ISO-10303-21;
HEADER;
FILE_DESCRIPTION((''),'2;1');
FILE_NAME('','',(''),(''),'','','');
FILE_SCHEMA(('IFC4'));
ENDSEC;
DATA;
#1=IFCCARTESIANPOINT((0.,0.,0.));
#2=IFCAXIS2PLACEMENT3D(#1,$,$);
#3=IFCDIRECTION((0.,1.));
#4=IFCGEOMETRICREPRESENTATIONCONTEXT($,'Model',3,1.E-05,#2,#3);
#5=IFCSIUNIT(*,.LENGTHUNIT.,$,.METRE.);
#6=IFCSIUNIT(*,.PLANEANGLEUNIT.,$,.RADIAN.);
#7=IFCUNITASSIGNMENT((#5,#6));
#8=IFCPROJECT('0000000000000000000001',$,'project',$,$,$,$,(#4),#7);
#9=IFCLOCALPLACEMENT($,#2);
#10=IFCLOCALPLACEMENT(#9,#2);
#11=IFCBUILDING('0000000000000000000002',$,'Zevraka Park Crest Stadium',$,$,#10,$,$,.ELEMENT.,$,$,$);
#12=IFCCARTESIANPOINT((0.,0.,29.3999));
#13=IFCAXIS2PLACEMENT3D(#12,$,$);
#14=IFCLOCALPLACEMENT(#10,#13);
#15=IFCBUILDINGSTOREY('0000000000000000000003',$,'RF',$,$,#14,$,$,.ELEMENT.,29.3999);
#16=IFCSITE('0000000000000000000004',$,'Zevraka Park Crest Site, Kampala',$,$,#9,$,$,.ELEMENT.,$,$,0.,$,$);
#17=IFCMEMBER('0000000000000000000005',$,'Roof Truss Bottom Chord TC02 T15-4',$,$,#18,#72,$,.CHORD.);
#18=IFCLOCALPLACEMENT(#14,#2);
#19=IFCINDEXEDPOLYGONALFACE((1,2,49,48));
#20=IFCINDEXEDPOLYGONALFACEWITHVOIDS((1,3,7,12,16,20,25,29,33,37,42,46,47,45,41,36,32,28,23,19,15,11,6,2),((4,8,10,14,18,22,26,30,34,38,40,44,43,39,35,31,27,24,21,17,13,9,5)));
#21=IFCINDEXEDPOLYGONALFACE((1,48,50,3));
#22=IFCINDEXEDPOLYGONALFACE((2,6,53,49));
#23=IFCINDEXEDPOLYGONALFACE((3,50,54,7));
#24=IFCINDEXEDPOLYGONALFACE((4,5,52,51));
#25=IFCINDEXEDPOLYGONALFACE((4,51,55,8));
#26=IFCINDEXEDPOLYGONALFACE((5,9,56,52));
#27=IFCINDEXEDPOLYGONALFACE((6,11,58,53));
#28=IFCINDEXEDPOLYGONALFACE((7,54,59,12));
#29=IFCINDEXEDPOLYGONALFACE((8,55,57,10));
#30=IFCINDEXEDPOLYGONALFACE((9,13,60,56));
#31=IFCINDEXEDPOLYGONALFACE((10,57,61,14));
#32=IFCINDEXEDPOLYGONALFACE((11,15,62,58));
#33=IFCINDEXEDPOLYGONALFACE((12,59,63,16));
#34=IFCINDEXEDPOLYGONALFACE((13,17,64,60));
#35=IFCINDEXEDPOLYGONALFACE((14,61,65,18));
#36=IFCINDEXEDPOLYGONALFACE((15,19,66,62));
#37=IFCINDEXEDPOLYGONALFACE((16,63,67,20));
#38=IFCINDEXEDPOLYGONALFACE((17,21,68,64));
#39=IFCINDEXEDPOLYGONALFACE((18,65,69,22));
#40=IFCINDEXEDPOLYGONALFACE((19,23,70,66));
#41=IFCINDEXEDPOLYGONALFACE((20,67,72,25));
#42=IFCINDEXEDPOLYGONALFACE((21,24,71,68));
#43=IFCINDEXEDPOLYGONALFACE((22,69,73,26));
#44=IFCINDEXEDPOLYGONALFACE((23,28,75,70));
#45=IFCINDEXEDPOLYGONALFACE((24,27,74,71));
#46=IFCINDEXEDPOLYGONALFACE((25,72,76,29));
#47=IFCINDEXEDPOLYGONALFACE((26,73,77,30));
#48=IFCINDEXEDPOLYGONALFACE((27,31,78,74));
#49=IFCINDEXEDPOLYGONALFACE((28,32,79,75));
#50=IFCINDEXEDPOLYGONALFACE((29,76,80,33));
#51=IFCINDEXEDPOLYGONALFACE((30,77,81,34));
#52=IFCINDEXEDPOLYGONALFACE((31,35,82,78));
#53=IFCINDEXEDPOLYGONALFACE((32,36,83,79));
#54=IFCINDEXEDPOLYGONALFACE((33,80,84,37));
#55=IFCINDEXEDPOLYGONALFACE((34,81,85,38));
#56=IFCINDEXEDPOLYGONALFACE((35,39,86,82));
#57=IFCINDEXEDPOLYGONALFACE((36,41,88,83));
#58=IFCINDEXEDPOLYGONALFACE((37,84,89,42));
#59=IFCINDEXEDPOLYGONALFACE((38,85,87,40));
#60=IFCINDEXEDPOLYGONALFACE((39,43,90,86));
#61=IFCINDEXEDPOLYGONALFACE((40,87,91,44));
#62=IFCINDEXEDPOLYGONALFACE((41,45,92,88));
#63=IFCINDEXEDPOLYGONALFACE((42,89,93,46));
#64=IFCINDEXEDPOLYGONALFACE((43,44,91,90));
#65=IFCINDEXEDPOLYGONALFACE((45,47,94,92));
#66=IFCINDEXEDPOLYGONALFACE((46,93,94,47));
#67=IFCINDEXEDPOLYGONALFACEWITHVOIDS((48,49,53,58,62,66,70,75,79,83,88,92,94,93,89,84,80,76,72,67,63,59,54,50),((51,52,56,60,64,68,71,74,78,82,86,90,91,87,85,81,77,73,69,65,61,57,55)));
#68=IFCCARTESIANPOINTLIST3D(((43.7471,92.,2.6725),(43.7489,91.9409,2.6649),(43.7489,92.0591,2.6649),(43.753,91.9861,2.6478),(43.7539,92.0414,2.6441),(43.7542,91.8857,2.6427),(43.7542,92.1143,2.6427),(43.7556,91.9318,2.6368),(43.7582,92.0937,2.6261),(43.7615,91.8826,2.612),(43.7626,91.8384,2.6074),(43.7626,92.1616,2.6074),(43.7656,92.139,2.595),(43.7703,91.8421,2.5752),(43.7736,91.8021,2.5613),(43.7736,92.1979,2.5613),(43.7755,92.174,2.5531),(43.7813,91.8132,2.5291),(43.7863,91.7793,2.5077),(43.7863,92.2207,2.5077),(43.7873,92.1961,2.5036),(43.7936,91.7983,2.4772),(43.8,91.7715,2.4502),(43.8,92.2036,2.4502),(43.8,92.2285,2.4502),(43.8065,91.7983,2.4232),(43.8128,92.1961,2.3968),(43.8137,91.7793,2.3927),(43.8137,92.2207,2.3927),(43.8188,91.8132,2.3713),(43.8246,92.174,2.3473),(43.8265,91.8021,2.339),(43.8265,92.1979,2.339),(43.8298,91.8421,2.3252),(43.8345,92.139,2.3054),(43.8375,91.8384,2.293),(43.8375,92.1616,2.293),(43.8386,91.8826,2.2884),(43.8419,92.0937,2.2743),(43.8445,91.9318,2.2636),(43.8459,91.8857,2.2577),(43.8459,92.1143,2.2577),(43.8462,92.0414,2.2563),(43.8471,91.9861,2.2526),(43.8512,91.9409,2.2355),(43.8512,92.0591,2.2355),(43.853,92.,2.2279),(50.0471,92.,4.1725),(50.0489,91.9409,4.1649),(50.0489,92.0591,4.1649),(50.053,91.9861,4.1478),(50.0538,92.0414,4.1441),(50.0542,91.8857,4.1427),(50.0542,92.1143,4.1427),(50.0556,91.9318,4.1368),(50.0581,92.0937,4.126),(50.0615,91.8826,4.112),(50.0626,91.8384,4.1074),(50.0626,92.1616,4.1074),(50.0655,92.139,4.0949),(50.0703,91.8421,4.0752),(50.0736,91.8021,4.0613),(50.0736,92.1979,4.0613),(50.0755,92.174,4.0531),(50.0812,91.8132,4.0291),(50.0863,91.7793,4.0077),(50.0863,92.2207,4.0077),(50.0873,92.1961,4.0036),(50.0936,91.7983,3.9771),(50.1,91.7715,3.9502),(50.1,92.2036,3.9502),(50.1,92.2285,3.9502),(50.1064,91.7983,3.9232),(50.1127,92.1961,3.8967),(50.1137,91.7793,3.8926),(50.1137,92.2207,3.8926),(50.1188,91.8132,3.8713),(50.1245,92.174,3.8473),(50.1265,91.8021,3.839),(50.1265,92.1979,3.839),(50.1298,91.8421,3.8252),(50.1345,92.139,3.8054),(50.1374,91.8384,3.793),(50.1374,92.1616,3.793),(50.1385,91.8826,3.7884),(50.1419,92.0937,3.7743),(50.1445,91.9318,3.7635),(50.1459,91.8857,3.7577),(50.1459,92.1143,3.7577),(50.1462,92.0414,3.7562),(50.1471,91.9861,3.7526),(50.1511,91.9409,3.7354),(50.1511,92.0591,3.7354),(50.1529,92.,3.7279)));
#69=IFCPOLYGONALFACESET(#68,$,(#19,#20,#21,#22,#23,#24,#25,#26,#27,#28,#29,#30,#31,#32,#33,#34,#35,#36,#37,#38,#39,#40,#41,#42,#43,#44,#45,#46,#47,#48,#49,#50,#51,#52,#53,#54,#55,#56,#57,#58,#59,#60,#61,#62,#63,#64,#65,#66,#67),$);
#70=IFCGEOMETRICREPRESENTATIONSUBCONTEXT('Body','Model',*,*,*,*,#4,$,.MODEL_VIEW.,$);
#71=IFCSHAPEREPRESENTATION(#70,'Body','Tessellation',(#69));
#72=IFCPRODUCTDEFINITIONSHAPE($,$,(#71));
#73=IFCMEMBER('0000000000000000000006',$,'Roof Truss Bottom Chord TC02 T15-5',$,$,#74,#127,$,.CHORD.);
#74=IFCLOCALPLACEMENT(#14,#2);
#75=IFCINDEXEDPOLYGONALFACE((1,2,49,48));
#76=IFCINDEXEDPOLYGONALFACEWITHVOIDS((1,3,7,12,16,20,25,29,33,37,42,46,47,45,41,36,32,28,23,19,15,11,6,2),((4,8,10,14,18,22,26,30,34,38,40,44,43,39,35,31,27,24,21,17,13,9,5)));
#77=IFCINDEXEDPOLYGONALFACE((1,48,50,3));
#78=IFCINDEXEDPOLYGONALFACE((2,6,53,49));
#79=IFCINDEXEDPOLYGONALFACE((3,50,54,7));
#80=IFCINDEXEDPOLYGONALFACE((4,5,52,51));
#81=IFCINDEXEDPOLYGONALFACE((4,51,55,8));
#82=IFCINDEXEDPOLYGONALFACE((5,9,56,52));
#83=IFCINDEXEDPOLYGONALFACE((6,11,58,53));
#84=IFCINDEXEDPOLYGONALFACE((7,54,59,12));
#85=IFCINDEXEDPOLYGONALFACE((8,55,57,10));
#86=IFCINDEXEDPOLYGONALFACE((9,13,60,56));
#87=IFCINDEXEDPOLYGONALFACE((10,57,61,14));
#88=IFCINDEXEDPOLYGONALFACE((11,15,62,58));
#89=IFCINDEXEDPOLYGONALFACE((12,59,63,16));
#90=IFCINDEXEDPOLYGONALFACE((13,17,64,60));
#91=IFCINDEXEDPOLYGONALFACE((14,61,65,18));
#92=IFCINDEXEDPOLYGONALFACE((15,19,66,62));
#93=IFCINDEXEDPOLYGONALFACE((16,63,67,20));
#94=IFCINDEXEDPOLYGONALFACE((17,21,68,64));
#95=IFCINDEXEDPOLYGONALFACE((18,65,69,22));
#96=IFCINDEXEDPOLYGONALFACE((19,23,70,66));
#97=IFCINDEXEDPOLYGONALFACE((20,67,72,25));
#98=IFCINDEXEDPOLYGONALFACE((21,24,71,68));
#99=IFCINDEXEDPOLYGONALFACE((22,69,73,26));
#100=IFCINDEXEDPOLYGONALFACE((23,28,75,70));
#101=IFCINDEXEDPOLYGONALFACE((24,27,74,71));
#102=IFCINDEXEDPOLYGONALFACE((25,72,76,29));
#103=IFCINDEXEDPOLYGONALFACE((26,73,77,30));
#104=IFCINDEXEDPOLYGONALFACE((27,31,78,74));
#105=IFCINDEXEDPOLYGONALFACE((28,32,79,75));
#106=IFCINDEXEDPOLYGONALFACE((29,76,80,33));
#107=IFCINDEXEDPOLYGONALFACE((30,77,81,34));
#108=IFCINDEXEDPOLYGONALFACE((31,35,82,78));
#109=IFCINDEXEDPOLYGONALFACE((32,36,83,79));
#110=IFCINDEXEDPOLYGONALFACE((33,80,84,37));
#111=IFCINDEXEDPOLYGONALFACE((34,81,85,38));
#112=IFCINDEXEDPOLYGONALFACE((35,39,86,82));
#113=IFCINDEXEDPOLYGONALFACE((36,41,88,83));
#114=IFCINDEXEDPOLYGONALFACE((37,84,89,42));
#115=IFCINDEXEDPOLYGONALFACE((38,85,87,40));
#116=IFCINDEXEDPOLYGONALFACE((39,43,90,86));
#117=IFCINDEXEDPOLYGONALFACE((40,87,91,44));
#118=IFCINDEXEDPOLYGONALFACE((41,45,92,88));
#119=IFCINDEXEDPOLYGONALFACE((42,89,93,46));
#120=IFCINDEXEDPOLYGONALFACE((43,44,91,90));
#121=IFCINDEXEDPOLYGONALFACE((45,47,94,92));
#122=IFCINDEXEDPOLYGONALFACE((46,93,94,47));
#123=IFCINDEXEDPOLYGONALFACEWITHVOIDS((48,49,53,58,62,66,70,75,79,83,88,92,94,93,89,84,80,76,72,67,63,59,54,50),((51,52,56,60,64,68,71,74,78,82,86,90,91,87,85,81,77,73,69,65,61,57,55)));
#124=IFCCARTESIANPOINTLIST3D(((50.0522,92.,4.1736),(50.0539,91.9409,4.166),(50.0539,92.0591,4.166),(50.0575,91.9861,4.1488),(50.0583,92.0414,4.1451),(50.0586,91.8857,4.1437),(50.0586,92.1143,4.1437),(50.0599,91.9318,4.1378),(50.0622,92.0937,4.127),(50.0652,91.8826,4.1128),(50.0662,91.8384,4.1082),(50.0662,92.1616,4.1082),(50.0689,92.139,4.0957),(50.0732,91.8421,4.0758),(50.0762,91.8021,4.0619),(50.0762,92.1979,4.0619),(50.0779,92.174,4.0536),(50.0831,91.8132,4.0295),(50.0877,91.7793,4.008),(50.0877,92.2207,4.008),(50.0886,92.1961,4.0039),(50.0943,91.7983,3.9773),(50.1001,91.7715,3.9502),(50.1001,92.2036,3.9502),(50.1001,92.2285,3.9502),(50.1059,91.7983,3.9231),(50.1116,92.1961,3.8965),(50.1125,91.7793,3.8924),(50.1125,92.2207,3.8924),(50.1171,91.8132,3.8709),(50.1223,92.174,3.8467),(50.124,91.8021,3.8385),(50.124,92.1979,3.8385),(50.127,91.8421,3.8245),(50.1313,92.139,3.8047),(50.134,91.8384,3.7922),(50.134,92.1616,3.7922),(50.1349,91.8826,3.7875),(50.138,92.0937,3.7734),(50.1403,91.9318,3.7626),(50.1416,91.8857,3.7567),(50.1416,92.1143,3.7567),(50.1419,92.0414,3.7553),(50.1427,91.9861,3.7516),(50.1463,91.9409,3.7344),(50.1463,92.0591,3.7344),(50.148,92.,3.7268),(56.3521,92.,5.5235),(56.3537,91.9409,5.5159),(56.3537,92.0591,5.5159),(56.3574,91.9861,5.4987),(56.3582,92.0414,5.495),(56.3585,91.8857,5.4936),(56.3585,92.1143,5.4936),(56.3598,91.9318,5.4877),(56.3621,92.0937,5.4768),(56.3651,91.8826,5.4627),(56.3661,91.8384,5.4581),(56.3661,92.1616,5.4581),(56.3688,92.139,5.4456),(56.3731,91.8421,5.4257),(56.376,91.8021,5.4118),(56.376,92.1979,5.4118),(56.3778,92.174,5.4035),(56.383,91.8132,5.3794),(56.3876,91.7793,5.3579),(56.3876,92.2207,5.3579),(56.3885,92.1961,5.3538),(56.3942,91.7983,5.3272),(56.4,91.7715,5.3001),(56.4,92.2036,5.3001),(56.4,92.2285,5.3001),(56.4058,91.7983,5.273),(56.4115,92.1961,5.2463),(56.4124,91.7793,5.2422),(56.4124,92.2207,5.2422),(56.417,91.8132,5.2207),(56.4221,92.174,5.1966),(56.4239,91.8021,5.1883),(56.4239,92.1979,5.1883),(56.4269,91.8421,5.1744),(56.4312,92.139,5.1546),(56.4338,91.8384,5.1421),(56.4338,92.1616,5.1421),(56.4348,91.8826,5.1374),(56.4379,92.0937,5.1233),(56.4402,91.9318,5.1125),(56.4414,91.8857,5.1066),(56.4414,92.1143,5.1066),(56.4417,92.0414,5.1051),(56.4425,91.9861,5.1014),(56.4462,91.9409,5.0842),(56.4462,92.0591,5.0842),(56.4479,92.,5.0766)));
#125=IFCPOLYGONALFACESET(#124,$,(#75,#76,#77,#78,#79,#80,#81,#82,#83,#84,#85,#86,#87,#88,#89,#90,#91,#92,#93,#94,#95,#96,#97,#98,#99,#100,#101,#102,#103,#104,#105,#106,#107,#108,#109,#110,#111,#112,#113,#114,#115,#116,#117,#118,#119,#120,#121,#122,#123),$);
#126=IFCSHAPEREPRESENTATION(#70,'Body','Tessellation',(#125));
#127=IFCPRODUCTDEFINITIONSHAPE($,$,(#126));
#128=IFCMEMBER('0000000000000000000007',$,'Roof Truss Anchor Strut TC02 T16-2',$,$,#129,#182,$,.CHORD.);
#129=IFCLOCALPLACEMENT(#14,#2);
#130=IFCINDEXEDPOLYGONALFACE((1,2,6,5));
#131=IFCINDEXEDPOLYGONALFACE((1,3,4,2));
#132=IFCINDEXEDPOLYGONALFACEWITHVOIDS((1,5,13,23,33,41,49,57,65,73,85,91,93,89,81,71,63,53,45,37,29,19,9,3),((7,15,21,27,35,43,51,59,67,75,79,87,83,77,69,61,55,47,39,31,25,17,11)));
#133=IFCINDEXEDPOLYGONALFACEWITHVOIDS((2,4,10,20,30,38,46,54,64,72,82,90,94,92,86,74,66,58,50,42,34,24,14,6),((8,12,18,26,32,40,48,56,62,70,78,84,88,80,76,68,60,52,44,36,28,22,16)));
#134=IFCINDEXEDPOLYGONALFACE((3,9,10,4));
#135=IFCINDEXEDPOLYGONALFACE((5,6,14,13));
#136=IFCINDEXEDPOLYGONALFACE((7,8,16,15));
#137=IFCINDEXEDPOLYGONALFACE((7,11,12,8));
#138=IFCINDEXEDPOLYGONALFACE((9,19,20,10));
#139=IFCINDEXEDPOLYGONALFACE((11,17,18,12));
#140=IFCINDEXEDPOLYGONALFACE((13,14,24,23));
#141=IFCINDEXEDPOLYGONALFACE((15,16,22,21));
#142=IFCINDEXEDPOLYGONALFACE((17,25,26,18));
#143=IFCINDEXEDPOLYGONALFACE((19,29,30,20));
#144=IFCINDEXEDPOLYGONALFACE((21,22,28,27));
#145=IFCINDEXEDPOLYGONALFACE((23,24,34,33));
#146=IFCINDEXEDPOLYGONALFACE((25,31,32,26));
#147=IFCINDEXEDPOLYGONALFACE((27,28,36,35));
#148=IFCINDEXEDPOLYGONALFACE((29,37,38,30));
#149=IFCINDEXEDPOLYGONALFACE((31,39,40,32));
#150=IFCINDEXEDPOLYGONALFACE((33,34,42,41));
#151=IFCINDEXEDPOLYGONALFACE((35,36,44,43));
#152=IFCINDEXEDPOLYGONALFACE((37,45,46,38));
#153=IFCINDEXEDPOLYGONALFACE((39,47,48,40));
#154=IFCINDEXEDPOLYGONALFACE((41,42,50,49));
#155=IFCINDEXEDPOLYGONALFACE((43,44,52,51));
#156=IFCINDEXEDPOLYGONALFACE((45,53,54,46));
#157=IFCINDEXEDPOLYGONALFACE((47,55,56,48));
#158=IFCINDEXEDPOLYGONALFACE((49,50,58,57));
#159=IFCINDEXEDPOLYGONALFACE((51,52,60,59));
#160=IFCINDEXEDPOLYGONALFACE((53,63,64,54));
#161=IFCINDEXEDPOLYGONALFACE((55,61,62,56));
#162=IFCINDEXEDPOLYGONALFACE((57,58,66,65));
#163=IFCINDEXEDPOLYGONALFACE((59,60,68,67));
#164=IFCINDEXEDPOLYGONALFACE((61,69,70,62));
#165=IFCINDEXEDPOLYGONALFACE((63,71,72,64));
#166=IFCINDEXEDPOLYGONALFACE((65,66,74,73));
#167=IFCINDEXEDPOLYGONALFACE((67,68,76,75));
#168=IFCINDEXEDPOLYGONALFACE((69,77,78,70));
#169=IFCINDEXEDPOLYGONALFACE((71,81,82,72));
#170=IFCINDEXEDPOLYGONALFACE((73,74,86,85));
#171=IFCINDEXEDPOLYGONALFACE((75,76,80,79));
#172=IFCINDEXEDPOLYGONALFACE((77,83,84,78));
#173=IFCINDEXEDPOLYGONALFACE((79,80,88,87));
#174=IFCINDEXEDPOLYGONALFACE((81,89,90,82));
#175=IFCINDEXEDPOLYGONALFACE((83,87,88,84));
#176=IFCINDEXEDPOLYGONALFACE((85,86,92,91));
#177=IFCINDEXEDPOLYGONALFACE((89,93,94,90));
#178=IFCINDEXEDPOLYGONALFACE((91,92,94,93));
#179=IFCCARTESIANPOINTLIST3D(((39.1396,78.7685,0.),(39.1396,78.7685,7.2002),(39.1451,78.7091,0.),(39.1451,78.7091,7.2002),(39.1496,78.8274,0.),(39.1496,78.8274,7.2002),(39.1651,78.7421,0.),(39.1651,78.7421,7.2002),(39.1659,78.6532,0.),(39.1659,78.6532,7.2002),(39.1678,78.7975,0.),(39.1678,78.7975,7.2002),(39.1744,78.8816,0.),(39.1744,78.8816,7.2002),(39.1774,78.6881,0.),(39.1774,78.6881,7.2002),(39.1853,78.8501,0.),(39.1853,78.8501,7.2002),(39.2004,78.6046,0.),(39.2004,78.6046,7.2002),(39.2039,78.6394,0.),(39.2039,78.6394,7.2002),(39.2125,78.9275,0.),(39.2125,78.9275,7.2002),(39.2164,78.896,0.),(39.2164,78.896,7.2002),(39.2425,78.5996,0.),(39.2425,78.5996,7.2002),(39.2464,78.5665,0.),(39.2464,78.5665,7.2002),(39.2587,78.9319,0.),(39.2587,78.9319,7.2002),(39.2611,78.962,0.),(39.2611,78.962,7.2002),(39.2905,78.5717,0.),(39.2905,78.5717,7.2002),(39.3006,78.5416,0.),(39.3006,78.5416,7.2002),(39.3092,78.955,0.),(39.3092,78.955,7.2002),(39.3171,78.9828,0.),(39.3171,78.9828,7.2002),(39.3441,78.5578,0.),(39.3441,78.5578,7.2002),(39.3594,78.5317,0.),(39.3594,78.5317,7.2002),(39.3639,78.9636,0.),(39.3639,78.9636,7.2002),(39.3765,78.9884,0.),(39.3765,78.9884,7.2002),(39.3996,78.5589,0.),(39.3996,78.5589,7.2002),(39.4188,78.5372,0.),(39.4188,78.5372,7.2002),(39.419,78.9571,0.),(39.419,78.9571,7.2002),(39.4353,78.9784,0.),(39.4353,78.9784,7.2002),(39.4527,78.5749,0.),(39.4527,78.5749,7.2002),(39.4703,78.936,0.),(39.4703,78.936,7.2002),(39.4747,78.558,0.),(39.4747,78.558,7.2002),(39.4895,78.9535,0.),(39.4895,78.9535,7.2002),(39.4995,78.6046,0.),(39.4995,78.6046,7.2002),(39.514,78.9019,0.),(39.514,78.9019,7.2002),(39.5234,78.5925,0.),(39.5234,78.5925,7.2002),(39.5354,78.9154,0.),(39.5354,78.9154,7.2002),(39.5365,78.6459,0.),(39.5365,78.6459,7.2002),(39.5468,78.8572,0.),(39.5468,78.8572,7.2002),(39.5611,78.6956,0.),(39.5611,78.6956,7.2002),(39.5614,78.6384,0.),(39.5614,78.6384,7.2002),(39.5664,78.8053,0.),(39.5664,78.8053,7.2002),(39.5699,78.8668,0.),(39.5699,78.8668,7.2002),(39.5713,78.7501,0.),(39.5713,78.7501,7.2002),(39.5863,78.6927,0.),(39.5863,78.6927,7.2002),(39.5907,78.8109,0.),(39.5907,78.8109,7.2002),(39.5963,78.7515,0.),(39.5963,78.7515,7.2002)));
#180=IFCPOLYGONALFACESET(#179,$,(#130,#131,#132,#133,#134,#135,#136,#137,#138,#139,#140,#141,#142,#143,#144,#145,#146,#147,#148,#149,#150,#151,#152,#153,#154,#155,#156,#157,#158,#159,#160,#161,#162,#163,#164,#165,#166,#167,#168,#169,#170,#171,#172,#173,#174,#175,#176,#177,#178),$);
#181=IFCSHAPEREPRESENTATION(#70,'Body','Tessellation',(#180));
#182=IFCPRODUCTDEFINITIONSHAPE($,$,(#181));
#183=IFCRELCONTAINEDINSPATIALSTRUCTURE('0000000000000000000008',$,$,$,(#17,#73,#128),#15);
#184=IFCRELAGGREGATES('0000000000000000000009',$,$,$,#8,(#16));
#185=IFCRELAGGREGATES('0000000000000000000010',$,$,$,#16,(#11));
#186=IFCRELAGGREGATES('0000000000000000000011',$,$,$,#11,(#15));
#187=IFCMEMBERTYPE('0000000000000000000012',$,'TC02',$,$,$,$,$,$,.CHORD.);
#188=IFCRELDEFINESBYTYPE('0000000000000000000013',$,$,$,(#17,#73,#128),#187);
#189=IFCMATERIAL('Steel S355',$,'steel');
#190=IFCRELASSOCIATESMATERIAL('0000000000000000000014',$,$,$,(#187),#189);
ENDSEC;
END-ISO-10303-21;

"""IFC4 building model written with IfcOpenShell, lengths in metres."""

from ifc_helpers import new_model, si_unit, direction, frame, origin, origin_2d, place, context, subcontext, project, spatial, hollow_circle, extrude, material, material_profile, profile_set, type_object, element, save


model = new_model("IFC4")

# Units and contexts
model_context = context("Model", 3, precision=1e-05, world=origin(), true_north=direction((0.0, 1.0)))
body_context = subcontext(model_context, "Body", "Model", "MODEL_VIEW")
ifc_project = project(units=[si_unit("LENGTHUNIT", "METRE"), si_unit("PLANEANGLEUNIT", "RADIAN")], contexts=[model_context])

# Site, building, storey
site_placement = place(None, origin())
site = spatial("IfcSite", under=ifc_project, at=site_placement, Name="Zevraka Park Crest Site, Kampala", CompositionType="ELEMENT", RefElevation=0.0)
building_placement = place(site_placement, origin())
building = spatial("IfcBuilding", under=site, at=building_placement, Name="Zevraka Park Crest Stadium", CompositionType="ELEMENT")
storey_placement = place(building_placement, frame((0.0, 0.0, 29.3999)))
storey = spatial("IfcBuildingStorey", under=building, at=storey_placement, Name="RF", CompositionType="ELEMENT", Elevation=29.3999)

# Members
ifc_material_1 = material(Name="Steel S355", Category="steel")
ifc_material_profile_1 = material_profile(ifc_material_1, hollow_circle(Radius=0.2285, WallThickness=0.0249, at=origin_2d()), Name="CHS 457.0x25")
ifc_profile_set_1 = profile_set([ifc_material_profile_1], Name="Steel S355")
member_type_1 = type_object("IfcMemberType", Name="TC02", PredefinedType="CHORD", material=ifc_profile_set_1)
member_1_placement = place(storey_placement, frame((43.8, 92.0, 2.4502), z_axis=(0.972807, 0.0, 0.231619), x_axis=(0.0, 1.0, 0.0)))
element("IfcMember", 1, at=member_1_placement, inside=storey, type_object=member_type_1, Name="Roof Truss Bottom Chord TC02 T15-4", PredefinedType="CHORD", context=body_context, shape_type="SweptSolid", body=[
    extrude(hollow_circle(Radius=0.2285, WallThickness=0.0249, at=origin_2d()), origin(), (0.0, 0.0, 1.0), 6.4761),
])
member_2_placement = place(storey_placement, frame((50.1001, 92.0, 3.9502), z_axis=(0.977806, 0.0, 0.209514), x_axis=(0.0, 1.0, 0.0)))
element("IfcMember", 2, at=member_2_placement, inside=storey, type_object=member_type_1, Name="Roof Truss Bottom Chord TC02 T15-5", PredefinedType="CHORD", context=body_context, shape_type="SweptSolid", body=[
    extrude(hollow_circle(Radius=0.2285, WallThickness=0.0249, at=origin_2d()), origin(), (0.0, 0.0, 1.0), 6.4429),
])
member_3_placement = place(storey_placement, frame((39.3679, 78.76, 0.0), z_axis=(0.0, 0.0, 1.0), x_axis=(0.974917, 0.22257, 0.0)))
element("IfcMember", 3, at=member_3_placement, inside=storey, type_object=member_type_1, Name="Roof Truss Anchor Strut TC02 T16-2", PredefinedType="CHORD", context=body_context, shape_type="SweptSolid", body=[
    extrude(hollow_circle(Radius=0.2285, WallThickness=0.0249, at=origin_2d()), origin(), (0.0, 0.0, 1.0), 7.2002),
])

save(model, "model.ifc")
